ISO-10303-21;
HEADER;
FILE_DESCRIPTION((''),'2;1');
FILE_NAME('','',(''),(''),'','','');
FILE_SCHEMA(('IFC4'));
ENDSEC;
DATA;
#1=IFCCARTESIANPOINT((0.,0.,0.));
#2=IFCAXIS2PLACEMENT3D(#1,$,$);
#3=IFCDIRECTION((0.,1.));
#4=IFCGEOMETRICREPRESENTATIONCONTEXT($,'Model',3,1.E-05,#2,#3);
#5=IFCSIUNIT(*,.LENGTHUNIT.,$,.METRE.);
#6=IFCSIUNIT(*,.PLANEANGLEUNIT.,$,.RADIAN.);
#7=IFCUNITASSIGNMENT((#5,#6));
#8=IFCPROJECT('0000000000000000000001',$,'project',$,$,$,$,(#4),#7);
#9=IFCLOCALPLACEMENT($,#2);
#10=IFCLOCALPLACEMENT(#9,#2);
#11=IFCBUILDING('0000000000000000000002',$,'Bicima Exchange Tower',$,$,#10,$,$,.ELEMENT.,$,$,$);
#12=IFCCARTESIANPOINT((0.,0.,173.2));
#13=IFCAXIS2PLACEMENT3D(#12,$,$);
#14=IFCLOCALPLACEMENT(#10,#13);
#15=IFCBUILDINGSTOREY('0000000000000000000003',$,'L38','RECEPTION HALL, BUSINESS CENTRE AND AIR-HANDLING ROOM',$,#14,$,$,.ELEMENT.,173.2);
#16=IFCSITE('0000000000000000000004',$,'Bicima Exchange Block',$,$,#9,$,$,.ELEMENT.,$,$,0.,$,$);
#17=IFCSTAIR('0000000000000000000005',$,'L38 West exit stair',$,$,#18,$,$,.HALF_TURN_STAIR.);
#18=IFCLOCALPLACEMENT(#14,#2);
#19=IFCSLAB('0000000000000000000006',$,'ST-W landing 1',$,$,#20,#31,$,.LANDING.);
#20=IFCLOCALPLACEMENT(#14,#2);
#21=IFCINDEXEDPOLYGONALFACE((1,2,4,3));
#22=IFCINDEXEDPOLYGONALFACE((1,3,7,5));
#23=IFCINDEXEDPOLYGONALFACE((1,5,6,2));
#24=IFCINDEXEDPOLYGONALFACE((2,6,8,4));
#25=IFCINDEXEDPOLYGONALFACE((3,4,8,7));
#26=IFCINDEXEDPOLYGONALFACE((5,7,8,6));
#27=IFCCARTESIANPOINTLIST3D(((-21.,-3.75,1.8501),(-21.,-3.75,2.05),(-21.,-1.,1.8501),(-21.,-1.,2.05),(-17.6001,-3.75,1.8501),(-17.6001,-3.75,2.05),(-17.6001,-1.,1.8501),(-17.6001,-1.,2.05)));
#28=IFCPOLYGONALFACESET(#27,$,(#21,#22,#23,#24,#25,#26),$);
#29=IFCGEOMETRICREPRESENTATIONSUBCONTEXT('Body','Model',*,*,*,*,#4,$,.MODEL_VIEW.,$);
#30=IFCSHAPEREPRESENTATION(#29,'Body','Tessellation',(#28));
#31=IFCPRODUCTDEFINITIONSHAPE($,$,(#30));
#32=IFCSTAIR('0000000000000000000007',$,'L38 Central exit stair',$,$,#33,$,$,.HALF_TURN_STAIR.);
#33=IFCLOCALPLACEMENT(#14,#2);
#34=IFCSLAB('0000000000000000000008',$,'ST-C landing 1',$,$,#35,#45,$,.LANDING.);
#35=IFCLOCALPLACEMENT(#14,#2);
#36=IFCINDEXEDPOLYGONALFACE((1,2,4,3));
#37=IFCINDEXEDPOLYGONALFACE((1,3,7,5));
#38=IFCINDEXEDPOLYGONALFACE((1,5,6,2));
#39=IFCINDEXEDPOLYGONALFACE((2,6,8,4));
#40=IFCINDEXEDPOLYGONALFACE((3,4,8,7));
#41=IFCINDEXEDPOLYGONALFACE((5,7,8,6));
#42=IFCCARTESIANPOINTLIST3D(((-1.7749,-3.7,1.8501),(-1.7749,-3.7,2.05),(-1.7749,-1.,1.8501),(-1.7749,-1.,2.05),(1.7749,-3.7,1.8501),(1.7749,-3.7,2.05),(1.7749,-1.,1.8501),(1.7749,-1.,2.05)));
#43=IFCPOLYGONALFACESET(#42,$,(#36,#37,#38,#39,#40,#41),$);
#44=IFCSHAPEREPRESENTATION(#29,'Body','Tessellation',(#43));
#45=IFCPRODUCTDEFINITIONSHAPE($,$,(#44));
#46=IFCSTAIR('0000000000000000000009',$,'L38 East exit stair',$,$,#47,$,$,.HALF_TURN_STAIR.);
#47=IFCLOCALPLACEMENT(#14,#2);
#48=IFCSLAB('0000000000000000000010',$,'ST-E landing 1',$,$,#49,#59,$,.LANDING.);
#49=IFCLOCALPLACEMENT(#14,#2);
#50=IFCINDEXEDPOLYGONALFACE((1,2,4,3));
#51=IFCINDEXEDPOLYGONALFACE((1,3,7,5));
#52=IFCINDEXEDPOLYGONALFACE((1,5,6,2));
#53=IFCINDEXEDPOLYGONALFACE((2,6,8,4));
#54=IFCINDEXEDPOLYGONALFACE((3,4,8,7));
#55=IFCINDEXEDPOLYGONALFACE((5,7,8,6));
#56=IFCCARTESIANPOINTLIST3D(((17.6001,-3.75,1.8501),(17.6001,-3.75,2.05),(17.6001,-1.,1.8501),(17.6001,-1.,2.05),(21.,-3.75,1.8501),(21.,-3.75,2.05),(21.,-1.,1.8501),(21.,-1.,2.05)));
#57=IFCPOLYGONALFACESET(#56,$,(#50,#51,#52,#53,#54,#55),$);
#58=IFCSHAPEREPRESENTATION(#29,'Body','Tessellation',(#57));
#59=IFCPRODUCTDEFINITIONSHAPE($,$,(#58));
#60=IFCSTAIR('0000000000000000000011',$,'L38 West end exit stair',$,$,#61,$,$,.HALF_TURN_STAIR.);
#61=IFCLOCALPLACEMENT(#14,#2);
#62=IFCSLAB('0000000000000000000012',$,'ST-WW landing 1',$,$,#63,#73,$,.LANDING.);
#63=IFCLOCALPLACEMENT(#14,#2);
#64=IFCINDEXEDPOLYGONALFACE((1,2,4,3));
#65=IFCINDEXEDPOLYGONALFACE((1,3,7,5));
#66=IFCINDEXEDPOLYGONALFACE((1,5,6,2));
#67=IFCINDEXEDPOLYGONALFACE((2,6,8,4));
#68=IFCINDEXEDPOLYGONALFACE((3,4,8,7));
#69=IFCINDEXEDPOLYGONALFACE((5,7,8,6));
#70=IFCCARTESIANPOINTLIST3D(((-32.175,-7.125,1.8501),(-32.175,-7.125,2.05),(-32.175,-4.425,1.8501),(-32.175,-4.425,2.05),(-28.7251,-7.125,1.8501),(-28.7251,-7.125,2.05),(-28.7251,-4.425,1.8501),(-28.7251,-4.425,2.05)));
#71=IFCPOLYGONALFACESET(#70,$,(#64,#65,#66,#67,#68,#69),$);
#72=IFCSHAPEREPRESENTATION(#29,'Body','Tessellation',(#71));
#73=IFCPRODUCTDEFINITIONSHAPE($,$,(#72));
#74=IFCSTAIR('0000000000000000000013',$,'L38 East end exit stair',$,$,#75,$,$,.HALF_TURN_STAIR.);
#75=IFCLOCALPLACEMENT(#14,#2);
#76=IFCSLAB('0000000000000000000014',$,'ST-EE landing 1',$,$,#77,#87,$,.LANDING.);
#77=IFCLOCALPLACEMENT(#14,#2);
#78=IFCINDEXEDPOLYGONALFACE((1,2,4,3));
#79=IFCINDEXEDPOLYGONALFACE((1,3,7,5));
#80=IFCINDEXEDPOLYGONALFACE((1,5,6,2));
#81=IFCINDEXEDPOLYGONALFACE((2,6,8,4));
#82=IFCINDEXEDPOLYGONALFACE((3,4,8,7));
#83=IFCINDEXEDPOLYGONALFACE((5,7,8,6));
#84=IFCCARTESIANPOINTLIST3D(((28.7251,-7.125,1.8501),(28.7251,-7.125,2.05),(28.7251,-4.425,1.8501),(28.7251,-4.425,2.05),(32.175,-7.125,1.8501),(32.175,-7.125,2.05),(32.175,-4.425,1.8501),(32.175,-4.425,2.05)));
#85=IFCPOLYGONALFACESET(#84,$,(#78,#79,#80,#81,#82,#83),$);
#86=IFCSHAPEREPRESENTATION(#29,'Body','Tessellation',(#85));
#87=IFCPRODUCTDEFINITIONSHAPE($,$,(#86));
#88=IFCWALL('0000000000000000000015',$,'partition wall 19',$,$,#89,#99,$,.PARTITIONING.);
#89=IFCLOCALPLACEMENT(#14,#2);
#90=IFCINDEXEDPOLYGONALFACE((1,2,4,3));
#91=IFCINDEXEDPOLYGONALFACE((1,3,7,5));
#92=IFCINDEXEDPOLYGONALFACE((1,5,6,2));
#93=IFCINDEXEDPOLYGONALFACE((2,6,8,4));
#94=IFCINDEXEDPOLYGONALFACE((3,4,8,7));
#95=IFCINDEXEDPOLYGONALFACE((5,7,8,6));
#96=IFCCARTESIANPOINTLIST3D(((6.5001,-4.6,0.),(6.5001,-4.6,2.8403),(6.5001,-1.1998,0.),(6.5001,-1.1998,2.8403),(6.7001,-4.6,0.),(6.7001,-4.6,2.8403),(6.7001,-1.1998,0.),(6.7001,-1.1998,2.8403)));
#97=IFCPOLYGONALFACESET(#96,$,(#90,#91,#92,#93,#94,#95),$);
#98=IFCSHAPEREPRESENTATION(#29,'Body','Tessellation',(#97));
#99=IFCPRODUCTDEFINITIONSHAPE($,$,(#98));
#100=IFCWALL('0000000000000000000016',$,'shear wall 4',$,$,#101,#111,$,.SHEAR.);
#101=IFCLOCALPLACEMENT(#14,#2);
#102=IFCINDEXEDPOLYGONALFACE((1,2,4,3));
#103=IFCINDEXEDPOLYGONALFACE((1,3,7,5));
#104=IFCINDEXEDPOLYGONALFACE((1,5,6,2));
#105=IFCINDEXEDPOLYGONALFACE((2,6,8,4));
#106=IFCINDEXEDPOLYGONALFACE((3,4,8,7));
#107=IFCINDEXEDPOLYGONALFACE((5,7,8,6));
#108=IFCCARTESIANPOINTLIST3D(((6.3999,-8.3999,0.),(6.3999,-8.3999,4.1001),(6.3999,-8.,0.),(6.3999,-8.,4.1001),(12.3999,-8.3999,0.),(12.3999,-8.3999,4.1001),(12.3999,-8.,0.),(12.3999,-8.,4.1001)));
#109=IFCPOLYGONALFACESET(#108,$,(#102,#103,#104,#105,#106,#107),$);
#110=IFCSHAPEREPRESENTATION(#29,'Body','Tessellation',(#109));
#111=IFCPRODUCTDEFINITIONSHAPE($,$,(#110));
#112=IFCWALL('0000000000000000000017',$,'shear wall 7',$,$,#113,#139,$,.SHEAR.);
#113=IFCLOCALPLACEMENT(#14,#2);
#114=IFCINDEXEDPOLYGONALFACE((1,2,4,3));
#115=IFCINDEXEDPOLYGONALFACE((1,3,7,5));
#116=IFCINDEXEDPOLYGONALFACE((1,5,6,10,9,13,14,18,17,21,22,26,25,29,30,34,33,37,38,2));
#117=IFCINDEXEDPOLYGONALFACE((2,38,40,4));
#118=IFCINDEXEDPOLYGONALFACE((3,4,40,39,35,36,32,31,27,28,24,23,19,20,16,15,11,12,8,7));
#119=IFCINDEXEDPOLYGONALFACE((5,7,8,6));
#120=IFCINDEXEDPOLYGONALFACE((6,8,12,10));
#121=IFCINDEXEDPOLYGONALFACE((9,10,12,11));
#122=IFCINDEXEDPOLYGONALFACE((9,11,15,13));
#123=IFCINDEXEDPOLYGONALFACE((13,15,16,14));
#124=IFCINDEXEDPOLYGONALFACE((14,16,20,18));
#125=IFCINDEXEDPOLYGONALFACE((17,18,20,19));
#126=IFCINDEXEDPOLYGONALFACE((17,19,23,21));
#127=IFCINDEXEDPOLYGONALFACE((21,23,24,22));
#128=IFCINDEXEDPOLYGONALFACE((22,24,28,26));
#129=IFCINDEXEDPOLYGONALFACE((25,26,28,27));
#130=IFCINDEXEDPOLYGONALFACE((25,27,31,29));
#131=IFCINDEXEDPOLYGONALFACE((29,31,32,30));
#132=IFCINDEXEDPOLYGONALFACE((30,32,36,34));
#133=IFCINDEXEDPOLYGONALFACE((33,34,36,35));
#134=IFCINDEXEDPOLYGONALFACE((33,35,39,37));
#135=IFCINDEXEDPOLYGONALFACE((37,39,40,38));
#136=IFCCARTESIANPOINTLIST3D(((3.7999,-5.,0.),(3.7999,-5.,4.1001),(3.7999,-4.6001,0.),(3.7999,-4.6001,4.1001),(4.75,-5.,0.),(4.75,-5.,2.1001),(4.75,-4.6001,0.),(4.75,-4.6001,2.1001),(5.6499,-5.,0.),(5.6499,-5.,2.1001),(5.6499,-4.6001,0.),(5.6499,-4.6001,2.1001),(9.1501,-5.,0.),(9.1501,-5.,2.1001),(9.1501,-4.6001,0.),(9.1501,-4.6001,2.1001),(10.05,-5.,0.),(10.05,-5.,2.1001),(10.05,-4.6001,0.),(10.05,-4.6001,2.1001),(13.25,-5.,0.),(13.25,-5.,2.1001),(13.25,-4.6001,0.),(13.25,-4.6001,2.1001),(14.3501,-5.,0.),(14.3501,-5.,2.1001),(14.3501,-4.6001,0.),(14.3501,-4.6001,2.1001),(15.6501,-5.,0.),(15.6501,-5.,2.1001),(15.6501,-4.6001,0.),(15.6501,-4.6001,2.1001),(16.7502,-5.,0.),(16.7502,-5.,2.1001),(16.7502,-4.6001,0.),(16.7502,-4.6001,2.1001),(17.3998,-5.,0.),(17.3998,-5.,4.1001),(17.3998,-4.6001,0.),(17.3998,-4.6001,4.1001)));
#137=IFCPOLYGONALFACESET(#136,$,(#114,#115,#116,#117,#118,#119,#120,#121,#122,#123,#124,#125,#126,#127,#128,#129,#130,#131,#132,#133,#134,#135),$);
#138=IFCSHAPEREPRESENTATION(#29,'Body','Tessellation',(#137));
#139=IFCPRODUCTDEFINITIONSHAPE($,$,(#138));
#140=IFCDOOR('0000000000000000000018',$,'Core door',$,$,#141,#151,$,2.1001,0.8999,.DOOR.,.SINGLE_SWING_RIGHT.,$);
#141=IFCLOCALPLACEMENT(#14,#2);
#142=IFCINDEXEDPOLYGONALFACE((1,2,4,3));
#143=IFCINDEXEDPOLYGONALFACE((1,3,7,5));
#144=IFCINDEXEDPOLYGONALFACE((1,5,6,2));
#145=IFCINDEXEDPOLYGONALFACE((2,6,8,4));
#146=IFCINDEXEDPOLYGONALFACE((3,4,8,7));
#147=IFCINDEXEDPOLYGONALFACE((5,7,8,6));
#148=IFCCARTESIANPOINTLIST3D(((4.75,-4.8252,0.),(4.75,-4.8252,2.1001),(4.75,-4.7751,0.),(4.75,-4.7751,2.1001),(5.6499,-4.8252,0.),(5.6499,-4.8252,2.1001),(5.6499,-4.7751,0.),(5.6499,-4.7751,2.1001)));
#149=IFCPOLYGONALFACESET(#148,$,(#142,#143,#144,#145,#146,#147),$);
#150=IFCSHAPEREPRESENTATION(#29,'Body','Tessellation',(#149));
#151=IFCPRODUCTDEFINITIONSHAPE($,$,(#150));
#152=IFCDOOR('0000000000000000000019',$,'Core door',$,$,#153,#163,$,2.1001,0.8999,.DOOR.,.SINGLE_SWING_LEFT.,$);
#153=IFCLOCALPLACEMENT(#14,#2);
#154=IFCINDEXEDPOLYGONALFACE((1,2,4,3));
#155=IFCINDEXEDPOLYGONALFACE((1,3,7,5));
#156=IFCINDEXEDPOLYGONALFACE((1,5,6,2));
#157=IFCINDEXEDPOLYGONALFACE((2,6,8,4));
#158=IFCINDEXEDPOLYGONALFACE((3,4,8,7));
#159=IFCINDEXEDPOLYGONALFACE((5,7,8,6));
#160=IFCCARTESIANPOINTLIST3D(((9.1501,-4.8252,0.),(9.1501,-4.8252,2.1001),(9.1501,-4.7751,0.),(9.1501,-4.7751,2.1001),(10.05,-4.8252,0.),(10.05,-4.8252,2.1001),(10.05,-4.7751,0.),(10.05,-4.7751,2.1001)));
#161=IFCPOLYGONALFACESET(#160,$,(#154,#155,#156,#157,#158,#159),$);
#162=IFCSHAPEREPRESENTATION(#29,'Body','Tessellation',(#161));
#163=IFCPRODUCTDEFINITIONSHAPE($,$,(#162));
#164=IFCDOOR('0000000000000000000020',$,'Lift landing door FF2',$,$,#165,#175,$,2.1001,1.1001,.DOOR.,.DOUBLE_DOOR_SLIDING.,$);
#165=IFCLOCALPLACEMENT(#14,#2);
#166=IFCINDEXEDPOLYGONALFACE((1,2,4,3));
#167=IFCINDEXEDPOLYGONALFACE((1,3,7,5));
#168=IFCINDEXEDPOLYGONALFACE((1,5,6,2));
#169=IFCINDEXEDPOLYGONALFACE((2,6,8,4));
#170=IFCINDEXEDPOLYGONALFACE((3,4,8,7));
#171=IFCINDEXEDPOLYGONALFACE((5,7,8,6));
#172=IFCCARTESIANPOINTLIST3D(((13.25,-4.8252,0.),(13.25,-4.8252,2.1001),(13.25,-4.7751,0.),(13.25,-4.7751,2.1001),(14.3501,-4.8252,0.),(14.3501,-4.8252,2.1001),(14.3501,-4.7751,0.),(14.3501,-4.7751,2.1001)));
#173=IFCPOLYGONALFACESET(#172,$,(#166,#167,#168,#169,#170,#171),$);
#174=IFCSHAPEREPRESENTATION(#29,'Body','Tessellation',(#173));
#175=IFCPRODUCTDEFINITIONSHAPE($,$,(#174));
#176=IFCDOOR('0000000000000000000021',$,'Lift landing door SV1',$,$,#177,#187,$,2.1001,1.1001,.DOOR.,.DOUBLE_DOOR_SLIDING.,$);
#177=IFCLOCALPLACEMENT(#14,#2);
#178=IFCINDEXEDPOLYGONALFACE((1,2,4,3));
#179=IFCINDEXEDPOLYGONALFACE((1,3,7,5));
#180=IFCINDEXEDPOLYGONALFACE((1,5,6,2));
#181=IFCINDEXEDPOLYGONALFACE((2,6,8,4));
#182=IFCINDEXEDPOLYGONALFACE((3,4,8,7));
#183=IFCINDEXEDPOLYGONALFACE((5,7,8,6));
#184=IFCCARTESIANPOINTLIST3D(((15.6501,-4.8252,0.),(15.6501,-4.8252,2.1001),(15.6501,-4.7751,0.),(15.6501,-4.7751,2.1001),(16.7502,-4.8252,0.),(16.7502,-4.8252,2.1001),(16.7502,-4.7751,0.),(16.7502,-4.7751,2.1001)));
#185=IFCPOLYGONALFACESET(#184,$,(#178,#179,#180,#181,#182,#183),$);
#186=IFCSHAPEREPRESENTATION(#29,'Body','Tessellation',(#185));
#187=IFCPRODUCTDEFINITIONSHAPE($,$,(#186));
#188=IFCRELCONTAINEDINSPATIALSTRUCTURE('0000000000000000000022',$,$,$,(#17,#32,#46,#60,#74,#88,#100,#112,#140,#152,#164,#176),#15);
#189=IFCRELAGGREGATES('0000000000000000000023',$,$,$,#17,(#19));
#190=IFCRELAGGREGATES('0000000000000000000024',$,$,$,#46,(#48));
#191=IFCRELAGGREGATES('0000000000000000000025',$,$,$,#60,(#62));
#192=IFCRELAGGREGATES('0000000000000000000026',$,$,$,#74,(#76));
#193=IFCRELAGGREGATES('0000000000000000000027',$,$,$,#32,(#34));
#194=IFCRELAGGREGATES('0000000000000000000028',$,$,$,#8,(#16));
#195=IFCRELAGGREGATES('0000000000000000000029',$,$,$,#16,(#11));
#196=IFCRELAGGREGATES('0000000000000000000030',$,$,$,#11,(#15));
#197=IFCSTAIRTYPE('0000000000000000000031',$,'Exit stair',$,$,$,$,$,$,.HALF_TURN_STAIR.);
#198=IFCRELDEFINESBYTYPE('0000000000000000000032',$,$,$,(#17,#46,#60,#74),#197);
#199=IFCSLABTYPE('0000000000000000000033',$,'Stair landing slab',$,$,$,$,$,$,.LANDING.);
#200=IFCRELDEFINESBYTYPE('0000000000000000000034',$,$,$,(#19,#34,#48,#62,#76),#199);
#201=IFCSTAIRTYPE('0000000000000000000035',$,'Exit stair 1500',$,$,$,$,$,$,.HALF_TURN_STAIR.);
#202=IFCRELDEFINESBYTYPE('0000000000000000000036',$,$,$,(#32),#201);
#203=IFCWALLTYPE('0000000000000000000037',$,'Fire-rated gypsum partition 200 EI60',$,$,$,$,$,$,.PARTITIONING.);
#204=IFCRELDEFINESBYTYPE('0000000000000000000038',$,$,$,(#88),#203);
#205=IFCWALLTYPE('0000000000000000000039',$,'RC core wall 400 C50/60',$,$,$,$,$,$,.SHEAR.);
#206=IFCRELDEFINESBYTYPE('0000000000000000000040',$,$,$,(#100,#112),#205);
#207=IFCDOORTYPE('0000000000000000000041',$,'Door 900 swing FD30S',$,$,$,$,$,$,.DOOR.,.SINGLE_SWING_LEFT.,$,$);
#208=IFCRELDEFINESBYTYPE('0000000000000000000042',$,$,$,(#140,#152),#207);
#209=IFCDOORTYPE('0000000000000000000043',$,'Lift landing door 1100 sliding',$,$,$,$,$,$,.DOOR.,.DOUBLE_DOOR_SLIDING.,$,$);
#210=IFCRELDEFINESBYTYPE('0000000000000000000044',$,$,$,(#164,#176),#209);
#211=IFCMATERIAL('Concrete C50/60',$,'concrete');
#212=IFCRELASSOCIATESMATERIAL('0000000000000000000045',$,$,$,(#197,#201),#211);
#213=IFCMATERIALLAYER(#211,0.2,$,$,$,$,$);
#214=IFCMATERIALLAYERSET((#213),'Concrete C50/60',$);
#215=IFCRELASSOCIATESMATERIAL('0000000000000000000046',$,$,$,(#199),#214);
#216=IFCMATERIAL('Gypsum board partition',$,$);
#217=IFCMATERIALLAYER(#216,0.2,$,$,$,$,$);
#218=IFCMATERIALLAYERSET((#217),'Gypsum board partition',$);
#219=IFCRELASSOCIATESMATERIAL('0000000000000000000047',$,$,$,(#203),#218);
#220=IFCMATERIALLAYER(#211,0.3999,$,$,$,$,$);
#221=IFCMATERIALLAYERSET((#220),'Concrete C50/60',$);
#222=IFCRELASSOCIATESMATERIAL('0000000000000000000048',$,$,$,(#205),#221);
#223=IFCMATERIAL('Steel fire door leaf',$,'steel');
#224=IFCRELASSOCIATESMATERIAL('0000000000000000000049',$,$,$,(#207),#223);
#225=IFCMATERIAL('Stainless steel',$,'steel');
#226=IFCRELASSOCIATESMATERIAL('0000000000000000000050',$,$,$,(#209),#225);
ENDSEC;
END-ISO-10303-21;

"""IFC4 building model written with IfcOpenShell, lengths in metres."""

from ifc_helpers import new_model, si_unit, direction, frame, frame_2d, origin, place, context, subcontext, project, spatial, polyline, rectangle, outline, extrude, material, layer, layer_set, type_object, element, fill, aggregate, save


model = new_model("IFC4")

# Units and contexts
model_context = context("Model", 3, precision=1e-05, world=origin(), true_north=direction((0.0, 1.0)))
body_context = subcontext(model_context, "Body", "Model", "MODEL_VIEW")
ifc_project = project(units=[si_unit("LENGTHUNIT", "METRE"), si_unit("PLANEANGLEUNIT", "RADIAN")], contexts=[model_context])

# Site, building, storey
site_placement = place(None, origin())
site = spatial("IfcSite", under=ifc_project, at=site_placement, Name="Bicima Exchange Block", CompositionType="ELEMENT", RefElevation=0.0)
building_placement = place(site_placement, origin())
building = spatial("IfcBuilding", under=site, at=building_placement, Name="Bicima Exchange Tower", CompositionType="ELEMENT")
storey_placement = place(building_placement, frame((0.0, 0.0, 173.2)))
storey = spatial("IfcBuildingStorey", under=building, at=storey_placement, Name="L38", Description="RECEPTION HALL, BUSINESS CENTRE AND AIR-HANDLING ROOM", CompositionType="ELEMENT", Elevation=173.2)

# Stairs, slabs
ifc_material_1 = material(Name="Concrete C50/60", Category="concrete")
stair_type_1 = type_object("IfcStairType", Name="Exit stair", PredefinedType="HALF_TURN_STAIR", material=ifc_material_1)
stair_1_placement = place(storey_placement, origin())
stair_1 = element("IfcStair", 1, at=stair_1_placement, inside=storey, type_object=stair_type_1, Name="L38 West exit stair", PredefinedType="HALF_TURN_STAIR")
ifc_layer_1 = layer(ifc_material_1, 0.2)
ifc_layer_set_1 = layer_set([ifc_layer_1], Name="Concrete C50/60")
slab_type = type_object("IfcSlabType", Name="Stair landing slab", PredefinedType="LANDING", material=ifc_layer_set_1)
slab_1_placement = place(storey_placement, frame((0.0, 0.0, 1.8501)))
slab_1 = element("IfcSlab", 2, at=slab_1_placement, type_object=slab_type, Name="ST-W landing 1", PredefinedType="LANDING", context=body_context, shape_type="SweptSolid", body=[
    extrude(outline(polyline([(-17.6001, -3.75), (-17.6001, -1.0), (-21.0, -1.0), (-21.0, -3.75), (-17.6001, -3.75)])), origin(), (0.0, 0.0, 1.0), 0.2),
])
aggregate(stair_1, [slab_1])
stair_type_2 = type_object("IfcStairType", Name="Exit stair 1500", PredefinedType="HALF_TURN_STAIR", material=ifc_material_1)
stair_2_placement = place(storey_placement, origin())
stair_2 = element("IfcStair", 3, at=stair_2_placement, inside=storey, type_object=stair_type_2, Name="L38 Central exit stair", PredefinedType="HALF_TURN_STAIR")
slab_2_placement = place(storey_placement, frame((0.0, 0.0, 1.8501)))
slab_2 = element("IfcSlab", 4, at=slab_2_placement, type_object=slab_type, Name="ST-C landing 1", PredefinedType="LANDING", context=body_context, shape_type="SweptSolid", body=[
    extrude(outline(polyline([(1.7749, -3.7), (1.7749, -1.0), (-1.7749, -1.0), (-1.7749, -3.7), (1.7749, -3.7)])), origin(), (0.0, 0.0, 1.0), 0.2),
])
stair_3_placement = place(storey_placement, origin())
stair_3 = element("IfcStair", 5, at=stair_3_placement, inside=storey, type_object=stair_type_1, Name="L38 East exit stair", PredefinedType="HALF_TURN_STAIR")
slab_3_placement = place(storey_placement, frame((0.0, 0.0, 1.8501)))
slab_3 = element("IfcSlab", 6, at=slab_3_placement, type_object=slab_type, Name="ST-E landing 1", PredefinedType="LANDING", context=body_context, shape_type="SweptSolid", body=[
    extrude(outline(polyline([(21.0, -3.75), (21.0, -1.0), (17.6001, -1.0), (17.6001, -3.75), (21.0, -3.75)])), origin(), (0.0, 0.0, 1.0), 0.2),
])
aggregate(stair_3, [slab_3])
stair_4_placement = place(storey_placement, origin())
stair_4 = element("IfcStair", 7, at=stair_4_placement, inside=storey, type_object=stair_type_1, Name="L38 West end exit stair", PredefinedType="HALF_TURN_STAIR")
slab_4_placement = place(storey_placement, frame((0.0, 0.0, 1.8501)))
slab_4 = element("IfcSlab", 8, at=slab_4_placement, type_object=slab_type, Name="ST-WW landing 1", PredefinedType="LANDING", context=body_context, shape_type="SweptSolid", body=[
    extrude(outline(polyline([(-28.7251, -7.125), (-28.7251, -4.425), (-32.175, -4.425), (-32.175, -7.125), (-28.7251, -7.125)])), origin(), (0.0, 0.0, 1.0), 0.2),
])
aggregate(stair_4, [slab_4])
stair_5_placement = place(storey_placement, origin())
stair_5 = element("IfcStair", 9, at=stair_5_placement, inside=storey, type_object=stair_type_1, Name="L38 East end exit stair", PredefinedType="HALF_TURN_STAIR")
slab_5_placement = place(storey_placement, frame((0.0, 0.0, 1.8501)))
slab_5 = element("IfcSlab", 10, at=slab_5_placement, type_object=slab_type, Name="ST-EE landing 1", PredefinedType="LANDING", context=body_context, shape_type="SweptSolid", body=[
    extrude(outline(polyline([(32.175, -7.125), (32.175, -4.425), (28.7251, -4.425), (28.7251, -7.125), (32.175, -7.125)])), origin(), (0.0, 0.0, 1.0), 0.2),
])
aggregate(stair_5, [slab_5])

# Walls
ifc_material_2 = material(Name="Gypsum board partition")
ifc_layer_2 = layer(ifc_material_2, 0.2)
ifc_layer_set_2 = layer_set([ifc_layer_2], Name="Gypsum board partition")
wall_type_1 = type_object("IfcWallType", Name="Fire-rated gypsum partition 200 EI60", PredefinedType="PARTITIONING", material=ifc_layer_set_2)
wall_1_placement = place(storey_placement, frame((6.6001, -4.6001, 0.0), z_axis=(0.0, 0.0, 1.0), x_axis=(0.0, 1.0, 0.0)))
element("IfcWall", 11, at=wall_1_placement, inside=storey, type_object=wall_type_1, Name="partition wall 19", PredefinedType="PARTITIONING", context=body_context, shape_type="SweptSolid", body=[
    extrude(rectangle(XDim=3.4001, YDim=0.2, at=frame_2d((1.7002, 0.0))), origin(), (0.0, 0.0, 1.0), 2.8403),
])
ifc_layer_3 = layer(ifc_material_1, 0.3999)
ifc_layer_set_3 = layer_set([ifc_layer_3], Name="Concrete C50/60")
wall_type_2 = type_object("IfcWallType", Name="RC core wall 400 C50/60", PredefinedType="SHEAR", material=ifc_layer_set_3)
wall_2_placement = place(storey_placement, frame((6.3999, -8.2, 0.0), z_axis=(0.0, 0.0, 1.0), x_axis=(1.0, 0.0, 0.0)))
element("IfcWall", 12, at=wall_2_placement, inside=storey, type_object=wall_type_2, Name="shear wall 4", PredefinedType="SHEAR", context=body_context, shape_type="SweptSolid", body=[
    extrude(rectangle(XDim=6.0, YDim=0.3999, at=frame_2d((3.0, 0.0))), origin(), (0.0, 0.0, 1.0), 4.1001),
])

# Wall, openings, doors
wall_3_placement = place(storey_placement, frame((3.8, -4.8, 0.0), z_axis=(0.0, 0.0, 1.0), x_axis=(1.0, 0.0, 0.0)))
wall_3 = element("IfcWall", 13, at=wall_3_placement, inside=storey, type_object=wall_type_2, Name="shear wall 7", PredefinedType="SHEAR", context=body_context, shape_type="SweptSolid", body=[
    extrude(rectangle(XDim=13.5999, YDim=0.3999, at=frame_2d((6.7998, 0.0))), origin(), (0.0, 0.0, 1.0), 4.1001),
])
opening_1_placement = place(wall_3_placement, frame((9.45, 0.0, 0.0)))
opening_1 = element("IfcOpeningElement", 14, at=opening_1_placement, cuts=wall_3, PredefinedType="OPENING", context=body_context, shape_type="SweptSolid", body=[
    extrude(rectangle(XDim=1.1001, YDim=2.1001, at=frame_2d((0.55, 1.05))), frame((0.0, 0.2119, 0.0), z_axis=(0.0, -1.0, 0.0), x_axis=(1.0, 0.0, 0.0)), (0.0, 0.0, 1.0), 0.4238),
])
opening_2_placement = place(wall_3_placement, frame((11.8501, 0.0, 0.0)))
opening_2 = element("IfcOpeningElement", 15, at=opening_2_placement, cuts=wall_3, PredefinedType="OPENING", context=body_context, shape_type="SweptSolid", body=[
    extrude(rectangle(XDim=1.1001, YDim=2.1001, at=frame_2d((0.55, 1.05))), frame((0.0, 0.2119, 0.0), z_axis=(0.0, -1.0, 0.0), x_axis=(1.0, 0.0, 0.0)), (0.0, 0.0, 1.0), 0.4238),
])
opening_3_placement = place(wall_3_placement, frame((0.95, 0.0, 0.0)))
opening_3 = element("IfcOpeningElement", 16, at=opening_3_placement, cuts=wall_3, PredefinedType="OPENING", context=body_context, shape_type="SweptSolid", body=[
    extrude(rectangle(XDim=0.8999, YDim=2.1001, at=frame_2d((0.45, 1.05))), frame((0.0, 0.2119, 0.0), z_axis=(0.0, -1.0, 0.0), x_axis=(1.0, 0.0, 0.0)), (0.0, 0.0, 1.0), 0.4238),
])
opening_4_placement = place(wall_3_placement, frame((5.3501, 0.0, 0.0)))
opening_4 = element("IfcOpeningElement", 17, at=opening_4_placement, cuts=wall_3, PredefinedType="OPENING", context=body_context, shape_type="SweptSolid", body=[
    extrude(rectangle(XDim=0.8999, YDim=2.1001, at=frame_2d((0.45, 1.05))), frame((0.0, 0.2119, 0.0), z_axis=(0.0, -1.0, 0.0), x_axis=(1.0, 0.0, 0.0)), (0.0, 0.0, 1.0), 0.4238),
])
ifc_material_3 = material(Name="Steel fire door leaf", Category="steel")
door_type_1 = type_object("IfcDoorType", Name="Door 900 swing FD30S", OperationType="SINGLE_SWING_LEFT", PredefinedType="DOOR", material=ifc_material_3)
door_1_placement = place(opening_3_placement, origin())
door_1 = element("IfcDoor", 18, at=door_1_placement, inside=storey, type_object=door_type_1, Name="Core door", OperationType="SINGLE_SWING_RIGHT", OverallHeight=2.1001, OverallWidth=0.8999, PredefinedType="DOOR", context=body_context, shape_type="SweptSolid", body=[
    extrude(rectangle(XDim=0.8999, YDim=2.1001, at=frame_2d((0.45, 1.05))), frame((0.0, 0.0249, 0.0), z_axis=(0.0, -1.0, 0.0), x_axis=(1.0, 0.0, 0.0)), (0.0, 0.0, 1.0), 0.05),
])
fill(opening_3, door_1)
door_2_placement = place(opening_4_placement, origin())
door_2 = element("IfcDoor", 19, at=door_2_placement, inside=storey, type_object=door_type_1, Name="Core door", OperationType="SINGLE_SWING_LEFT", OverallHeight=2.1001, OverallWidth=0.8999, PredefinedType="DOOR", context=body_context, shape_type="SweptSolid", body=[
    extrude(rectangle(XDim=0.8999, YDim=2.1001, at=frame_2d((0.45, 1.05))), frame((0.0, 0.0249, 0.0), z_axis=(0.0, -1.0, 0.0), x_axis=(1.0, 0.0, 0.0)), (0.0, 0.0, 1.0), 0.05),
])
fill(opening_4, door_2)
ifc_material_4 = material(Name="Stainless steel", Category="steel")
door_type_2 = type_object("IfcDoorType", Name="Lift landing door 1100 sliding", OperationType="DOUBLE_DOOR_SLIDING", PredefinedType="DOOR", material=ifc_material_4)
door_3_placement = place(opening_1_placement, origin())
door_3 = element("IfcDoor", 20, at=door_3_placement, inside=storey, type_object=door_type_2, Name="Lift landing door FF2", OperationType="DOUBLE_DOOR_SLIDING", OverallHeight=2.1001, OverallWidth=1.1001, PredefinedType="DOOR", context=body_context, shape_type="SweptSolid", body=[
    extrude(rectangle(XDim=1.1001, YDim=2.1001, at=frame_2d((0.55, 1.05))), frame((0.0, 0.0249, 0.0), z_axis=(0.0, -1.0, 0.0), x_axis=(1.0, 0.0, 0.0)), (0.0, 0.0, 1.0), 0.05),
])
fill(opening_1, door_3)
door_4_placement = place(opening_2_placement, origin())
door_4 = element("IfcDoor", 21, at=door_4_placement, inside=storey, type_object=door_type_2, Name="Lift landing door SV1", OperationType="DOUBLE_DOOR_SLIDING", OverallHeight=2.1001, OverallWidth=1.1001, PredefinedType="DOOR", context=body_context, shape_type="SweptSolid", body=[
    extrude(rectangle(XDim=1.1001, YDim=2.1001, at=frame_2d((0.55, 1.05))), frame((0.0, 0.0249, 0.0), z_axis=(0.0, -1.0, 0.0), x_axis=(1.0, 0.0, 0.0)), (0.0, 0.0, 1.0), 0.05),
])
fill(opening_2, door_4)

aggregate(stair_2, [slab_2])

save(model, "model.ifc")
